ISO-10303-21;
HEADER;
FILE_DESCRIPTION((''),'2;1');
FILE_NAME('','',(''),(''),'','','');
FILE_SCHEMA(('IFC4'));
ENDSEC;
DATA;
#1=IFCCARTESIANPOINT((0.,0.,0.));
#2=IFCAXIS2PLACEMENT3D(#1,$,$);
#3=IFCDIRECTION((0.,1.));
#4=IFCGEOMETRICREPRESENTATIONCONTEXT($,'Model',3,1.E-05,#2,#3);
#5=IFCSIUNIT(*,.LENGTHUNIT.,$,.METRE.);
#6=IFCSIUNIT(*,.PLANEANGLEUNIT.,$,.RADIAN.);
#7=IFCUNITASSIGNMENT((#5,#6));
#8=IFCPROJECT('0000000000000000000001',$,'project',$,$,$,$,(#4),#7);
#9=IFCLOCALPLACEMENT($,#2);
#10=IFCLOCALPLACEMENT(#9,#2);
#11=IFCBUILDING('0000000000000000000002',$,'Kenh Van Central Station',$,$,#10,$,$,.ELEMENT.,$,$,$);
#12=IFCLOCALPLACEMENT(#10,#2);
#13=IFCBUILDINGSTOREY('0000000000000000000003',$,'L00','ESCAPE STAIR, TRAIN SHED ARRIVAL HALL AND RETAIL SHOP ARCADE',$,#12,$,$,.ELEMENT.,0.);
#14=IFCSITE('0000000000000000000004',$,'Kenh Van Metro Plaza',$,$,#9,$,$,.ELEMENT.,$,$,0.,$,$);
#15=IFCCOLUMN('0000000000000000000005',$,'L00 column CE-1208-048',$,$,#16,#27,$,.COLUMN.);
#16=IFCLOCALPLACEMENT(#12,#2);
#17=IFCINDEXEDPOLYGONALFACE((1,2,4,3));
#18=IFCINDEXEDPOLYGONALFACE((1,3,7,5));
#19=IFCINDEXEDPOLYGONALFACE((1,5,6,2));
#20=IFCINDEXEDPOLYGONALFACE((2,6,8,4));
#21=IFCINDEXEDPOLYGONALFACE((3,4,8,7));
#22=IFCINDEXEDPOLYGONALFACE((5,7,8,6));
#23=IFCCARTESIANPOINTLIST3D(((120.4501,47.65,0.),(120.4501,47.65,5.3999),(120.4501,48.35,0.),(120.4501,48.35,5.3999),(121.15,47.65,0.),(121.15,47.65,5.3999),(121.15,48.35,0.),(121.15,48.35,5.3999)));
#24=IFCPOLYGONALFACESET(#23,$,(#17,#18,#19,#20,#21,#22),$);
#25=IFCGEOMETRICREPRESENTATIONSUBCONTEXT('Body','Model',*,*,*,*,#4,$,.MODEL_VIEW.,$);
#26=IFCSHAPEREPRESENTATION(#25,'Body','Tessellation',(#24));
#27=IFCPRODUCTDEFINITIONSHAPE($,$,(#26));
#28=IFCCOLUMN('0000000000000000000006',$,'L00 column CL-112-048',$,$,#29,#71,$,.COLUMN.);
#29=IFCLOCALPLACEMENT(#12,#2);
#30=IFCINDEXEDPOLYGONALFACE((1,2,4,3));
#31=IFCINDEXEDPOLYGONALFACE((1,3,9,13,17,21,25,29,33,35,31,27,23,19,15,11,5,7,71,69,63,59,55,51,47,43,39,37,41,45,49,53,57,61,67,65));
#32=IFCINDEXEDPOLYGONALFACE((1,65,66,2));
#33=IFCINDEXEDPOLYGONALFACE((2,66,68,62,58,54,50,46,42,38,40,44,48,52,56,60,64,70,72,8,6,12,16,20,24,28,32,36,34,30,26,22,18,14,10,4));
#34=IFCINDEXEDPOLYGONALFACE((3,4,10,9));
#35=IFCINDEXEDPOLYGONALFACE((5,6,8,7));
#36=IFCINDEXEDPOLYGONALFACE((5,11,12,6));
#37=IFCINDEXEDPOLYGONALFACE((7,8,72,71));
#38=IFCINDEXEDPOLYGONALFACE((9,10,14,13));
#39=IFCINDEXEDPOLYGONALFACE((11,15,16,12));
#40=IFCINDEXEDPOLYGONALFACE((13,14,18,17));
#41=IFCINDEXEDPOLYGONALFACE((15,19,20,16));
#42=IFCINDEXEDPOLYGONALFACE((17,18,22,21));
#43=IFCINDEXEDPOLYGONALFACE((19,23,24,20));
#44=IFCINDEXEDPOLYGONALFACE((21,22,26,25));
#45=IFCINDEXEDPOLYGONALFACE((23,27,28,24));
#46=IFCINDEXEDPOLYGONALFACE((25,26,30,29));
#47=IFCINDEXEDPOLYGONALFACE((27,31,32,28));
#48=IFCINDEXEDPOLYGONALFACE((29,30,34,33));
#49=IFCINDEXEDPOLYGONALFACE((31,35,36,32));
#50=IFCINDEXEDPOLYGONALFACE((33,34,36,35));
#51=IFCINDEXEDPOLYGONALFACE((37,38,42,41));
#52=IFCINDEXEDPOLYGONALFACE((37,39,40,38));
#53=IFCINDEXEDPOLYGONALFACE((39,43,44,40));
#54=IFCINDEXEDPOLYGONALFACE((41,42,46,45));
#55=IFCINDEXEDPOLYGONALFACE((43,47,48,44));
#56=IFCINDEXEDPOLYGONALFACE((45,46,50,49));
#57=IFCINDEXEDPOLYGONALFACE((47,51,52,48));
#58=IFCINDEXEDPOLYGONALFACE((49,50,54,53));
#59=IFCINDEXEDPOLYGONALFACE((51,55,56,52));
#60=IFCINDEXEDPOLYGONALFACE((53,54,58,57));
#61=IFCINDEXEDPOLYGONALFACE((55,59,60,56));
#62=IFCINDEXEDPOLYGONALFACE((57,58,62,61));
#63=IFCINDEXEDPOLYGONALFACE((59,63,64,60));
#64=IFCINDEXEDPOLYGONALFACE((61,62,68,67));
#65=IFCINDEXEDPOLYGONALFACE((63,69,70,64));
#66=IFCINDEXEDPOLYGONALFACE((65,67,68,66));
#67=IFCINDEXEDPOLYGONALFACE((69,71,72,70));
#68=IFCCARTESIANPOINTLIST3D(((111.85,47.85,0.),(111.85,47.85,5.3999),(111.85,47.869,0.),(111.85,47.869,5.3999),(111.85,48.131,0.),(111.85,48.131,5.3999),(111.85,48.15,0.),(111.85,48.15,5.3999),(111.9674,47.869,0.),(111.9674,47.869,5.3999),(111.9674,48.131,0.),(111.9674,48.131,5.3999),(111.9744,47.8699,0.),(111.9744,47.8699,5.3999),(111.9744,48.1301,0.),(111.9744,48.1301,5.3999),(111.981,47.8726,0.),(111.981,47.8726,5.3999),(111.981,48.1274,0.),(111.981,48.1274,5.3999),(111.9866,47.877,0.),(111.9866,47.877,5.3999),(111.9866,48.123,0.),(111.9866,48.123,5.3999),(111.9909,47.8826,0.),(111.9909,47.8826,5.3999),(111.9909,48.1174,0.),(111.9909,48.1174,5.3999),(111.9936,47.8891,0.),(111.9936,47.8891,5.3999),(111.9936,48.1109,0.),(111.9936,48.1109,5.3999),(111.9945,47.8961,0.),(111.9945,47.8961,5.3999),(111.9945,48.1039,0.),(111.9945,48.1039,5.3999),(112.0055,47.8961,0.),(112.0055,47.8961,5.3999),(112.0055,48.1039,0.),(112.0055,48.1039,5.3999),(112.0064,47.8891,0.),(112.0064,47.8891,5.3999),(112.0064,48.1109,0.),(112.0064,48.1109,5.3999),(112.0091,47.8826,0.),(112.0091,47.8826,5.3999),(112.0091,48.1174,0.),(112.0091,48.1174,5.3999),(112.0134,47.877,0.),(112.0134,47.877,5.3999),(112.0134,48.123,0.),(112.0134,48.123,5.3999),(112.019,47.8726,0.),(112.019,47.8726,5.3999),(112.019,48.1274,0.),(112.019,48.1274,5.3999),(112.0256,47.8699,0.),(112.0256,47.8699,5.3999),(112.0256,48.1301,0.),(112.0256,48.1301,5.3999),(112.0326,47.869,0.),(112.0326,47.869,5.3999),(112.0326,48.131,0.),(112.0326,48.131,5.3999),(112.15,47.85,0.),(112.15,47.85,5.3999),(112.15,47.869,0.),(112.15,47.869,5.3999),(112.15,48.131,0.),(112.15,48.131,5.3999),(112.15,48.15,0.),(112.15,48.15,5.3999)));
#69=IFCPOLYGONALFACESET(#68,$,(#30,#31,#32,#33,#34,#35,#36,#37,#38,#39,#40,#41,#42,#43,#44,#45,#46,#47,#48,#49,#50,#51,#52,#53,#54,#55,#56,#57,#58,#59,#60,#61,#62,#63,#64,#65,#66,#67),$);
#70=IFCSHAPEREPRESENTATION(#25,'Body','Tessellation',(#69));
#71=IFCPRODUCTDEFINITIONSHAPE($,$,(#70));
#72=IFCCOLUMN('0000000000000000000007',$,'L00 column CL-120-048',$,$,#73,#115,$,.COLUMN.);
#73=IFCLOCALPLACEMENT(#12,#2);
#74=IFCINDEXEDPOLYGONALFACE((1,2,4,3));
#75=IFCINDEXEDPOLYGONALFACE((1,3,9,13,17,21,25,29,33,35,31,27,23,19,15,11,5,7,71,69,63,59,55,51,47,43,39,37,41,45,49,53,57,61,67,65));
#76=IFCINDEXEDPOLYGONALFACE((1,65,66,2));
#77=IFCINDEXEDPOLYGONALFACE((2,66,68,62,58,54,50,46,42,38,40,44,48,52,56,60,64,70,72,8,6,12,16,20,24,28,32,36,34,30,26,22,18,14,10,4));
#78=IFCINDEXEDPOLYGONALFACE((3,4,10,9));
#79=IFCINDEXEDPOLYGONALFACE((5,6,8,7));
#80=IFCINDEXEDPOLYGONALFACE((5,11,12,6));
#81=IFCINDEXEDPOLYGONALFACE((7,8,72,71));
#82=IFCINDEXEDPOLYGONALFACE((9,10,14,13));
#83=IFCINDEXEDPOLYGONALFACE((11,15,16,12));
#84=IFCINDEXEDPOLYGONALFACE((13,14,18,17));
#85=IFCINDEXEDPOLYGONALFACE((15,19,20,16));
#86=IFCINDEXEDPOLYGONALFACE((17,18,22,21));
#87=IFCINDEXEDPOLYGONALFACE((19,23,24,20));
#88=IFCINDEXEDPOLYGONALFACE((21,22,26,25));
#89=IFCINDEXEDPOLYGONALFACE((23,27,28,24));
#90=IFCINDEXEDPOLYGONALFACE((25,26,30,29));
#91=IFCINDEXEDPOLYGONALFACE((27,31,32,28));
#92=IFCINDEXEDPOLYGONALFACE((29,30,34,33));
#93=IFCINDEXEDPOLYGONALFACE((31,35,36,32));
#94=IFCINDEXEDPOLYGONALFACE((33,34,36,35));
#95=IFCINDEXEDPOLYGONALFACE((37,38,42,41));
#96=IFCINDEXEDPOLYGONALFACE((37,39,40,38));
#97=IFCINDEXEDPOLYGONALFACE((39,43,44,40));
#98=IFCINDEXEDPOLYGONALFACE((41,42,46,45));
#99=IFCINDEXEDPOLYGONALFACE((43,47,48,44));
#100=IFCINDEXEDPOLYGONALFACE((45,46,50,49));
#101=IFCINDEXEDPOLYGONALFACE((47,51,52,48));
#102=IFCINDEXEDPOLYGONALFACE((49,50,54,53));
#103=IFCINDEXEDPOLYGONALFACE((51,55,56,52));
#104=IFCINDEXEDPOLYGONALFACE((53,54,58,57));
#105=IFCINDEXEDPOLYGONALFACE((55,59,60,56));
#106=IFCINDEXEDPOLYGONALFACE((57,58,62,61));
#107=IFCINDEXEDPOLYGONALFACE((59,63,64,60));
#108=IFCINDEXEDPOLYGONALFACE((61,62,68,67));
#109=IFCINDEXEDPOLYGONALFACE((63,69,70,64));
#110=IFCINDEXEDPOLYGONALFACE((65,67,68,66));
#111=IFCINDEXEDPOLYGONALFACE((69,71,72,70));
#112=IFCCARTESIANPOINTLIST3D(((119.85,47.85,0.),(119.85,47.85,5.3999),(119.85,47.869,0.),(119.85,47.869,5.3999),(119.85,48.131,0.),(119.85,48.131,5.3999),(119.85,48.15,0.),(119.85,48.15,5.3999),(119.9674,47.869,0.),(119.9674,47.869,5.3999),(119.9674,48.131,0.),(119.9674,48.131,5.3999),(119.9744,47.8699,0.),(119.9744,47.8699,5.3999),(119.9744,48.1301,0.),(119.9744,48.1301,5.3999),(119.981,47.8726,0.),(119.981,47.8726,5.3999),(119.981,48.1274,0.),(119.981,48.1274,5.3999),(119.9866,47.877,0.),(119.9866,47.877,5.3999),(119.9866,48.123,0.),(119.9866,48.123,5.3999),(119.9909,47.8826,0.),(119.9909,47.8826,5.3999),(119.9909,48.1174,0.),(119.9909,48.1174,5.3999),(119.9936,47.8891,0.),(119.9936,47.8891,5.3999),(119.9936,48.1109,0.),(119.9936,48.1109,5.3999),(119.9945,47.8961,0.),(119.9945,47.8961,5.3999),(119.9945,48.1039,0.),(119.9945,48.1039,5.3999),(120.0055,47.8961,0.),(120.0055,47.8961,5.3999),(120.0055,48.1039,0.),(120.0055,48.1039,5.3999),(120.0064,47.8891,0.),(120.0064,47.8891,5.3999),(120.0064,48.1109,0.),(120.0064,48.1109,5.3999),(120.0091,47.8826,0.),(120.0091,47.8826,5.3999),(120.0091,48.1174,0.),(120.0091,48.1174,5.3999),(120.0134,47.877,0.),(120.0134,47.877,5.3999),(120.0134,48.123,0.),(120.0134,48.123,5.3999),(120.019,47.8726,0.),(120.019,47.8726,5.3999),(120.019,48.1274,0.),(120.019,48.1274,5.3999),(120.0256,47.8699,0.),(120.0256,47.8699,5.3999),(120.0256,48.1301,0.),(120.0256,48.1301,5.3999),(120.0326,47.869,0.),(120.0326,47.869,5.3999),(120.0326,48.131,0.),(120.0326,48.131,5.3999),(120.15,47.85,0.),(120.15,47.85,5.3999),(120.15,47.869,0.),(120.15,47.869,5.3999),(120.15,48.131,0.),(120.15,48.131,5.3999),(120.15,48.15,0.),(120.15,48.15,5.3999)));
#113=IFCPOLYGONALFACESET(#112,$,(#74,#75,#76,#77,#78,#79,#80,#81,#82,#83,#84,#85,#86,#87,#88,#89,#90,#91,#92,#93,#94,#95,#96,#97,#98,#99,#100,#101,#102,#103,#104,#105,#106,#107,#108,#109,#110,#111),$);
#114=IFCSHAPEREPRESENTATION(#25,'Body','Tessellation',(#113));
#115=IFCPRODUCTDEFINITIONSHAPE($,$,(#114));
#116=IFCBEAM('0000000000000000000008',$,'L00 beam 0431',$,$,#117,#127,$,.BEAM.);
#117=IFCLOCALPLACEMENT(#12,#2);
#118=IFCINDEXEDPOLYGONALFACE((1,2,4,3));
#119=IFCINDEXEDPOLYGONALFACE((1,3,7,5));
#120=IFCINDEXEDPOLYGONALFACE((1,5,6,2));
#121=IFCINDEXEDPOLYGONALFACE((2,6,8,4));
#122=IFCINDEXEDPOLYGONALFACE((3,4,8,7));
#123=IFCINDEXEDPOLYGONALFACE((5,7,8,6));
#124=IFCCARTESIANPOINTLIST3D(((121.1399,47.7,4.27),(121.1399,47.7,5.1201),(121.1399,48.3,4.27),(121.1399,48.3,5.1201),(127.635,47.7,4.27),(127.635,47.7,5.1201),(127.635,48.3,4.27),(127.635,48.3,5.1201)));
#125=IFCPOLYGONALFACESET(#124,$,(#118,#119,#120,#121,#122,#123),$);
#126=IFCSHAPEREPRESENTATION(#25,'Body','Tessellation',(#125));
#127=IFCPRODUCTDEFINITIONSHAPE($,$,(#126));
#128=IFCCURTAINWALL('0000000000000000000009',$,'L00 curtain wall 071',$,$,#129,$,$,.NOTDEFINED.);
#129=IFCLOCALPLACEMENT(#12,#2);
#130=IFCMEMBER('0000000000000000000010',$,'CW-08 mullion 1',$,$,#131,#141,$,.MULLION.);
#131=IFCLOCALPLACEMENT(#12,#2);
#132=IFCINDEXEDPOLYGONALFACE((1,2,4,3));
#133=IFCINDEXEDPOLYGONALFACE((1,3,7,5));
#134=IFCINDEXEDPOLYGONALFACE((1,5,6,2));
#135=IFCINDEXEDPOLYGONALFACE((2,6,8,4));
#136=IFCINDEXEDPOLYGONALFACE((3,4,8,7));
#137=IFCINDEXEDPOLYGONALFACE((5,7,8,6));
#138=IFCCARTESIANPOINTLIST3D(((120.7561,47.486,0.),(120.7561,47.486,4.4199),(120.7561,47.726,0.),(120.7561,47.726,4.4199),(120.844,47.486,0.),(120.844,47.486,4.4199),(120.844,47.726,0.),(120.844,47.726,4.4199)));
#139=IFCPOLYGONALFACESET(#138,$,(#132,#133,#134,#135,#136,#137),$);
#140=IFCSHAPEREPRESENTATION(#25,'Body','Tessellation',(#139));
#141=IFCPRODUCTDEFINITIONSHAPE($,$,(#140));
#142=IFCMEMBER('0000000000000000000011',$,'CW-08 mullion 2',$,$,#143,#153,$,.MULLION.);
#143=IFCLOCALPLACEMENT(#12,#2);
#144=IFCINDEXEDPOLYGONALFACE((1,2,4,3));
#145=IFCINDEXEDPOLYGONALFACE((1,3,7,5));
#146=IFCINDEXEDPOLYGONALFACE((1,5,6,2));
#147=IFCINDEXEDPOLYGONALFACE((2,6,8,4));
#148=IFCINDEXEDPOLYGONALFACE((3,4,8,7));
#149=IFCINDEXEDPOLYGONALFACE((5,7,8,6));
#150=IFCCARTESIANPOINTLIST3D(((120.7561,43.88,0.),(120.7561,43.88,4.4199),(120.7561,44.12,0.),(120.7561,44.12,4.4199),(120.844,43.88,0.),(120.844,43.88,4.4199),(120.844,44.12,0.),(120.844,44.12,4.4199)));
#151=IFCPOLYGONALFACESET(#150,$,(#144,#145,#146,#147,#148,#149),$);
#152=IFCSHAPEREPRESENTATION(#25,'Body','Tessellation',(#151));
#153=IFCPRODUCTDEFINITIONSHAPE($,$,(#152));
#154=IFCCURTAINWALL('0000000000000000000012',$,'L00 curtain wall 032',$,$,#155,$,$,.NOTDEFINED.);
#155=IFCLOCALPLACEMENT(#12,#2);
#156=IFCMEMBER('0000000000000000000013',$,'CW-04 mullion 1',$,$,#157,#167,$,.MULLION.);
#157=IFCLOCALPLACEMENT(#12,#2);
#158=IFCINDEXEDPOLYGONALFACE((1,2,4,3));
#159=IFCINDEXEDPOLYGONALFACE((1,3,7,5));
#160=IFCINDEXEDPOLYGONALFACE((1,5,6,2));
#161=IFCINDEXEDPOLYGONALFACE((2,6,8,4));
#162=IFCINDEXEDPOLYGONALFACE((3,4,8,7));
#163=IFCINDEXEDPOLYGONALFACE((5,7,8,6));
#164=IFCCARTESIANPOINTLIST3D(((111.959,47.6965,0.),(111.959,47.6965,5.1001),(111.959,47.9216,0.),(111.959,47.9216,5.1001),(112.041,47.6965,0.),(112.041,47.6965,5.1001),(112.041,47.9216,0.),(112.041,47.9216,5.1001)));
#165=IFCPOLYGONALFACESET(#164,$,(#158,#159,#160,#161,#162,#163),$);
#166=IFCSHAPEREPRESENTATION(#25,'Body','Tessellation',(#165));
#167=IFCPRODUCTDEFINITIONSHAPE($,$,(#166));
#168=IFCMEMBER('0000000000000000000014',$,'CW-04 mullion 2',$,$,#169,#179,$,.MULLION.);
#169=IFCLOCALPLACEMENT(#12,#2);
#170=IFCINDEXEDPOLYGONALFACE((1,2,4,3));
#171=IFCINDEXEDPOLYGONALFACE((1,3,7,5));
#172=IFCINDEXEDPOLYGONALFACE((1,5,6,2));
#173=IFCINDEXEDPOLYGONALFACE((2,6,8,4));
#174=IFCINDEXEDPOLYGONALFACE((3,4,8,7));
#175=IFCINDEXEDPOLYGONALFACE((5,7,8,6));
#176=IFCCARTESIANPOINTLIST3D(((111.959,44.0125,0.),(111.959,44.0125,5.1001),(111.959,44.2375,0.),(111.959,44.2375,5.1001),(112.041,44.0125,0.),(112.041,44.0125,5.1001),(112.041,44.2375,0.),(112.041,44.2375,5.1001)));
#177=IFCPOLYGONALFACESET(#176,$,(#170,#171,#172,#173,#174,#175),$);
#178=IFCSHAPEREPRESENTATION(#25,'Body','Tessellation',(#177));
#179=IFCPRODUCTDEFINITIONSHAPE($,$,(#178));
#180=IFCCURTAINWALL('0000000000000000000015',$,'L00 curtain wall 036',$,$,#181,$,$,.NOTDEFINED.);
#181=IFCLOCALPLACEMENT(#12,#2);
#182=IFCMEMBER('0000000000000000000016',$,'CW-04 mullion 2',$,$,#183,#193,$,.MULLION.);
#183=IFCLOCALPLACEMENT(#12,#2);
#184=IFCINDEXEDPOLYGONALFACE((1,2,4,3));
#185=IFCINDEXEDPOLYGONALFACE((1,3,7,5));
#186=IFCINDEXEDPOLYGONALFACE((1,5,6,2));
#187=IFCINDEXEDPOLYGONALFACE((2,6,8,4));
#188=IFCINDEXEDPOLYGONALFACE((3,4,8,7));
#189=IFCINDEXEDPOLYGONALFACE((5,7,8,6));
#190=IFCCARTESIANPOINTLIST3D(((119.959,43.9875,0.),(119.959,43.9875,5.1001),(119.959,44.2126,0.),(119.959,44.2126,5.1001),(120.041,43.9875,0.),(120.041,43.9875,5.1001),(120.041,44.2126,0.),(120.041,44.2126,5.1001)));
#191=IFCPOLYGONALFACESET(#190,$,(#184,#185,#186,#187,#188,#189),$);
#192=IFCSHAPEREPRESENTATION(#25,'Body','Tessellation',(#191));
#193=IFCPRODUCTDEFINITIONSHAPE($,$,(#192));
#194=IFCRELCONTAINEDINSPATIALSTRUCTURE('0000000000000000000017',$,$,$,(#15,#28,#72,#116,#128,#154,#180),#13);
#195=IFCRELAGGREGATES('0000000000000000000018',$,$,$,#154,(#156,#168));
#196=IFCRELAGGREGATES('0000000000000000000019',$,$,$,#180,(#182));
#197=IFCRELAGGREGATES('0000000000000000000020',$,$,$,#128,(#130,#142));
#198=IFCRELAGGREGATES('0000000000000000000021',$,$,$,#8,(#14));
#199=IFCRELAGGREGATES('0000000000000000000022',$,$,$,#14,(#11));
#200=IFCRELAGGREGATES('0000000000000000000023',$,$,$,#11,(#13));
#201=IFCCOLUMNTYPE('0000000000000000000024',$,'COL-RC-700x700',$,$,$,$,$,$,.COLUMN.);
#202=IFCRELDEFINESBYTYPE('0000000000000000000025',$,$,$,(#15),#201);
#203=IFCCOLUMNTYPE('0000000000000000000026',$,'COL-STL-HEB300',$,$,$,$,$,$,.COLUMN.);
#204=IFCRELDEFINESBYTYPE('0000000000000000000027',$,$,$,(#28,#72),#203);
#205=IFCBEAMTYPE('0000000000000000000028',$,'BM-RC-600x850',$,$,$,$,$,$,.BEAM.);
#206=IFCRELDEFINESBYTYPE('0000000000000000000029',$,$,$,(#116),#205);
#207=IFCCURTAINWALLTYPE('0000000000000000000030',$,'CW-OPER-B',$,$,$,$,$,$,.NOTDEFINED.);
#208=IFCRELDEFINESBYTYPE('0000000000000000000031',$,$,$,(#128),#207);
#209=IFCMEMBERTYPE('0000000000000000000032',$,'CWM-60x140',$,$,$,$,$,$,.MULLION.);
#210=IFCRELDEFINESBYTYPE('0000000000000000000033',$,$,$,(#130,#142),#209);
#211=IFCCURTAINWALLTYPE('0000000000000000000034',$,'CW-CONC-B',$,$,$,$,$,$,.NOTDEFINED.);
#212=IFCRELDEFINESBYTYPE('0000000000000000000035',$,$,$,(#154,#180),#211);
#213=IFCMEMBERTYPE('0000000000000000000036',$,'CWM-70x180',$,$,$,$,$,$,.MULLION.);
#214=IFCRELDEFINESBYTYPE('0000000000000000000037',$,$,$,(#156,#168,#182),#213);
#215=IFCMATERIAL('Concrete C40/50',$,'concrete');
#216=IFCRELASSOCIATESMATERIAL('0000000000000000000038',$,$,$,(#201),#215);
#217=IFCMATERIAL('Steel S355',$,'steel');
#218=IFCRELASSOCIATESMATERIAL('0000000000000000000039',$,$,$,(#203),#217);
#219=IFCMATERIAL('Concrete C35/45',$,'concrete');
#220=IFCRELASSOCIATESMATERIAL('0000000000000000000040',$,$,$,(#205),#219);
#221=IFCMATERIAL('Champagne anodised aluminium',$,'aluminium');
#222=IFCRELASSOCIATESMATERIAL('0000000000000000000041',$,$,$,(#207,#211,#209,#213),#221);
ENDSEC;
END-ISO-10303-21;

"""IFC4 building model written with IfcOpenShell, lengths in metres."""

from ifc_helpers import new_model, si_unit, direction, frame, origin, origin_2d, place, context, subcontext, project, spatial, rectangle, i_section, extrude, material, material_profile, profile_set, type_object, element, aggregate, save


model = new_model("IFC4")

# Units and contexts
model_context = context("Model", 3, precision=1e-05, world=origin(), true_north=direction((0.0, 1.0)))
body_context = subcontext(model_context, "Body", "Model", "MODEL_VIEW")
ifc_project = project(units=[si_unit("LENGTHUNIT", "METRE"), si_unit("PLANEANGLEUNIT", "RADIAN")], contexts=[model_context])

# Site, building, storey
site_placement = place(None, origin())
site = spatial("IfcSite", under=ifc_project, at=site_placement, Name="Kenh Van Metro Plaza", CompositionType="ELEMENT", RefElevation=0.0)
building_placement = place(site_placement, origin())
building = spatial("IfcBuilding", under=site, at=building_placement, Name="Kenh Van Central Station", CompositionType="ELEMENT")
storey_placement = place(building_placement, origin())
storey = spatial("IfcBuildingStorey", under=building, at=storey_placement, Name="L00", Description="ESCAPE STAIR, TRAIN SHED ARRIVAL HALL AND RETAIL SHOP ARCADE", CompositionType="ELEMENT", Elevation=0.0)

# Columns
ifc_material_1 = material(Name="Concrete C40/50", Category="concrete")
ifc_material_profile_1 = material_profile(ifc_material_1, rectangle(XDim=0.7, YDim=0.7, at=origin_2d()), Name="RC 700x700")
ifc_profile_set_1 = profile_set([ifc_material_profile_1], Name="Concrete C40/50")
column_type_1 = type_object("IfcColumnType", Name="COL-RC-700x700", PredefinedType="COLUMN", material=ifc_profile_set_1)
column_placement = place(storey_placement, frame((120.8, 48.0, 0.0), z_axis=(0.0, 0.0, 1.0), x_axis=(1.0, 0.0, 0.0)))
element("IfcColumn", 1, at=column_placement, inside=storey, type_object=column_type_1, Name="L00 column CE-1208-048", PredefinedType="COLUMN", context=body_context, shape_type="SweptSolid", body=[
    extrude(rectangle(XDim=0.7, YDim=0.7, at=origin_2d()), origin(), (0.0, 0.0, 1.0), 5.3999),
])
ifc_material_2 = material(Name="Steel S355", Category="steel")
ifc_material_profile_2 = material_profile(ifc_material_2, i_section(OverallWidth=0.3, OverallDepth=0.3, WebThickness=0.011, FlangeThickness=0.019, FilletRadius=0.0271, at=origin_2d()), Name="HEB 300")
ifc_profile_set_2 = profile_set([ifc_material_profile_2], Name="Steel S355")
column_type_2 = type_object("IfcColumnType", Name="COL-STL-HEB300", PredefinedType="COLUMN", material=ifc_profile_set_2)
for number, where, z_axis, x_axis, name in (
    (2, (112.0, 48.0, 0.0), (0.0, 0.0, 1.0), (1.0, 0.0, 0.0), "L00 column CL-112-048"),
    (3, (120.0, 48.0, 0.0), (0.0, 0.0, 1.0), (1.0, 0.0, 0.0), "L00 column CL-120-048"),
):
    element("IfcColumn", number, at=place(storey_placement, frame(where, z_axis=z_axis, x_axis=x_axis)), inside=storey, type_object=column_type_2, Name=name, PredefinedType="COLUMN", context=body_context, shape_type="SweptSolid", body=[
        extrude(i_section(OverallWidth=0.3, OverallDepth=0.3, WebThickness=0.011, FlangeThickness=0.019, FilletRadius=0.0271, at=origin_2d()), origin(), (0.0, 0.0, 1.0), 5.3999),
    ])

# Beam
ifc_material_3 = material(Name="Concrete C35/45", Category="concrete")
ifc_material_profile_3 = material_profile(ifc_material_3, rectangle(XDim=0.6001, YDim=0.8501, at=origin_2d()), Name="RC 600x850")
ifc_profile_set_3 = profile_set([ifc_material_profile_3], Name="Concrete C35/45")
beam_type = type_object("IfcBeamType", Name="BM-RC-600x850", PredefinedType="BEAM", material=ifc_profile_set_3)
beam_placement = place(storey_placement, frame((121.1399, 48.0, 4.6951), z_axis=(1.0, 0.0, 0.0), x_axis=(0.0, 1.0, 0.0)))
element("IfcBeam", 4, at=beam_placement, inside=storey, type_object=beam_type, Name="L00 beam 0431", PredefinedType="BEAM", context=body_context, shape_type="SweptSolid", body=[
    extrude(rectangle(XDim=0.6001, YDim=0.8501, at=origin_2d()), origin(), (0.0, 0.0, 1.0), 6.4951),
])

# Curtain walls, members
ifc_material_4 = material(Name="Champagne anodised aluminium", Category="aluminium")
curtain_wall_type_1 = type_object("IfcCurtainWallType", Name="CW-OPER-B", PredefinedType="NOTDEFINED", material=ifc_material_4)
curtain_wall_1_placement = place(storey_placement, origin())
curtain_wall_1 = element("IfcCurtainWall", 5, at=curtain_wall_1_placement, inside=storey, type_object=curtain_wall_type_1, Name="L00 curtain wall 071", PredefinedType="NOTDEFINED")
ifc_material_profile_4 = material_profile(ifc_material_4, rectangle(XDim=0.0879, YDim=0.24, at=origin_2d()), Name="AL 88x240")
ifc_profile_set_4 = profile_set([ifc_material_profile_4], Name="Champagne anodised aluminium")
member_type_1 = type_object("IfcMemberType", Name="CWM-60x140", PredefinedType="MULLION", material=ifc_profile_set_4)
member_1_placement = place(storey_placement, frame((120.8, 47.606, 0.0), z_axis=(0.0, 0.0, 1.0), x_axis=(1.0, 0.0, 0.0)))
member_1 = element("IfcMember", 6, at=member_1_placement, type_object=member_type_1, Name="CW-08 mullion 1", PredefinedType="MULLION", context=body_context, shape_type="SweptSolid", body=[
    extrude(rectangle(XDim=0.0879, YDim=0.24, at=origin_2d()), origin(), (0.0, 0.0, 1.0), 4.4199),
])
member_2_placement = place(storey_placement, frame((120.8, 44.0, 0.0), z_axis=(0.0, 0.0, 1.0), x_axis=(1.0, 0.0, 0.0)))
member_2 = element("IfcMember", 7, at=member_2_placement, type_object=member_type_1, Name="CW-08 mullion 2", PredefinedType="MULLION", context=body_context, shape_type="SweptSolid", body=[
    extrude(rectangle(XDim=0.0879, YDim=0.24, at=origin_2d()), origin(), (0.0, 0.0, 1.0), 4.4199),
])
curtain_wall_type_2 = type_object("IfcCurtainWallType", Name="CW-CONC-B", PredefinedType="NOTDEFINED", material=ifc_material_4)
curtain_wall_2_placement = place(storey_placement, origin())
curtain_wall_2 = element("IfcCurtainWall", 8, at=curtain_wall_2_placement, inside=storey, type_object=curtain_wall_type_2, Name="L00 curtain wall 032", PredefinedType="NOTDEFINED")
ifc_material_profile_5 = material_profile(ifc_material_4, rectangle(XDim=0.082, YDim=0.2251, at=origin_2d()), Name="AL 82x225")
ifc_profile_set_5 = profile_set([ifc_material_profile_5], Name="Champagne anodised aluminium")
member_type_2 = type_object("IfcMemberType", Name="CWM-70x180", PredefinedType="MULLION", material=ifc_profile_set_5)
member_3_placement = place(storey_placement, frame((112.0, 47.8091, 0.0), z_axis=(0.0, 0.0, 1.0), x_axis=(1.0, 0.0, 0.0)))
member_3 = element("IfcMember", 9, at=member_3_placement, type_object=member_type_2, Name="CW-04 mullion 1", PredefinedType="MULLION", context=body_context, shape_type="SweptSolid", body=[
    extrude(rectangle(XDim=0.082, YDim=0.2251, at=origin_2d()), origin(), (0.0, 0.0, 1.0), 5.1001),
])
member_4_placement = place(storey_placement, frame((112.0, 44.125, 0.0), z_axis=(0.0, 0.0, 1.0), x_axis=(1.0, 0.0, 0.0)))
member_4 = element("IfcMember", 10, at=member_4_placement, type_object=member_type_2, Name="CW-04 mullion 2", PredefinedType="MULLION", context=body_context, shape_type="SweptSolid", body=[
    extrude(rectangle(XDim=0.082, YDim=0.2251, at=origin_2d()), origin(), (0.0, 0.0, 1.0), 5.1001),
])
curtain_wall_3_placement = place(storey_placement, origin())
curtain_wall_3 = element("IfcCurtainWall", 11, at=curtain_wall_3_placement, inside=storey, type_object=curtain_wall_type_2, Name="L00 curtain wall 036", PredefinedType="NOTDEFINED")
member_5_placement = place(storey_placement, frame((120.0, 44.1001, 0.0), z_axis=(0.0, 0.0, 1.0), x_axis=(-1.0, 0.0, 0.0)))
member_5 = element("IfcMember", 12, at=member_5_placement, type_object=member_type_2, Name="CW-04 mullion 2", PredefinedType="MULLION", context=body_context, shape_type="SweptSolid", body=[
    extrude(rectangle(XDim=0.082, YDim=0.2251, at=origin_2d()), origin(), (0.0, 0.0, 1.0), 5.1001),
])

aggregate(curtain_wall_2, [member_3, member_4])
aggregate(curtain_wall_3, [member_5])
aggregate(curtain_wall_1, [member_1, member_2])

save(model, "model.ifc")
